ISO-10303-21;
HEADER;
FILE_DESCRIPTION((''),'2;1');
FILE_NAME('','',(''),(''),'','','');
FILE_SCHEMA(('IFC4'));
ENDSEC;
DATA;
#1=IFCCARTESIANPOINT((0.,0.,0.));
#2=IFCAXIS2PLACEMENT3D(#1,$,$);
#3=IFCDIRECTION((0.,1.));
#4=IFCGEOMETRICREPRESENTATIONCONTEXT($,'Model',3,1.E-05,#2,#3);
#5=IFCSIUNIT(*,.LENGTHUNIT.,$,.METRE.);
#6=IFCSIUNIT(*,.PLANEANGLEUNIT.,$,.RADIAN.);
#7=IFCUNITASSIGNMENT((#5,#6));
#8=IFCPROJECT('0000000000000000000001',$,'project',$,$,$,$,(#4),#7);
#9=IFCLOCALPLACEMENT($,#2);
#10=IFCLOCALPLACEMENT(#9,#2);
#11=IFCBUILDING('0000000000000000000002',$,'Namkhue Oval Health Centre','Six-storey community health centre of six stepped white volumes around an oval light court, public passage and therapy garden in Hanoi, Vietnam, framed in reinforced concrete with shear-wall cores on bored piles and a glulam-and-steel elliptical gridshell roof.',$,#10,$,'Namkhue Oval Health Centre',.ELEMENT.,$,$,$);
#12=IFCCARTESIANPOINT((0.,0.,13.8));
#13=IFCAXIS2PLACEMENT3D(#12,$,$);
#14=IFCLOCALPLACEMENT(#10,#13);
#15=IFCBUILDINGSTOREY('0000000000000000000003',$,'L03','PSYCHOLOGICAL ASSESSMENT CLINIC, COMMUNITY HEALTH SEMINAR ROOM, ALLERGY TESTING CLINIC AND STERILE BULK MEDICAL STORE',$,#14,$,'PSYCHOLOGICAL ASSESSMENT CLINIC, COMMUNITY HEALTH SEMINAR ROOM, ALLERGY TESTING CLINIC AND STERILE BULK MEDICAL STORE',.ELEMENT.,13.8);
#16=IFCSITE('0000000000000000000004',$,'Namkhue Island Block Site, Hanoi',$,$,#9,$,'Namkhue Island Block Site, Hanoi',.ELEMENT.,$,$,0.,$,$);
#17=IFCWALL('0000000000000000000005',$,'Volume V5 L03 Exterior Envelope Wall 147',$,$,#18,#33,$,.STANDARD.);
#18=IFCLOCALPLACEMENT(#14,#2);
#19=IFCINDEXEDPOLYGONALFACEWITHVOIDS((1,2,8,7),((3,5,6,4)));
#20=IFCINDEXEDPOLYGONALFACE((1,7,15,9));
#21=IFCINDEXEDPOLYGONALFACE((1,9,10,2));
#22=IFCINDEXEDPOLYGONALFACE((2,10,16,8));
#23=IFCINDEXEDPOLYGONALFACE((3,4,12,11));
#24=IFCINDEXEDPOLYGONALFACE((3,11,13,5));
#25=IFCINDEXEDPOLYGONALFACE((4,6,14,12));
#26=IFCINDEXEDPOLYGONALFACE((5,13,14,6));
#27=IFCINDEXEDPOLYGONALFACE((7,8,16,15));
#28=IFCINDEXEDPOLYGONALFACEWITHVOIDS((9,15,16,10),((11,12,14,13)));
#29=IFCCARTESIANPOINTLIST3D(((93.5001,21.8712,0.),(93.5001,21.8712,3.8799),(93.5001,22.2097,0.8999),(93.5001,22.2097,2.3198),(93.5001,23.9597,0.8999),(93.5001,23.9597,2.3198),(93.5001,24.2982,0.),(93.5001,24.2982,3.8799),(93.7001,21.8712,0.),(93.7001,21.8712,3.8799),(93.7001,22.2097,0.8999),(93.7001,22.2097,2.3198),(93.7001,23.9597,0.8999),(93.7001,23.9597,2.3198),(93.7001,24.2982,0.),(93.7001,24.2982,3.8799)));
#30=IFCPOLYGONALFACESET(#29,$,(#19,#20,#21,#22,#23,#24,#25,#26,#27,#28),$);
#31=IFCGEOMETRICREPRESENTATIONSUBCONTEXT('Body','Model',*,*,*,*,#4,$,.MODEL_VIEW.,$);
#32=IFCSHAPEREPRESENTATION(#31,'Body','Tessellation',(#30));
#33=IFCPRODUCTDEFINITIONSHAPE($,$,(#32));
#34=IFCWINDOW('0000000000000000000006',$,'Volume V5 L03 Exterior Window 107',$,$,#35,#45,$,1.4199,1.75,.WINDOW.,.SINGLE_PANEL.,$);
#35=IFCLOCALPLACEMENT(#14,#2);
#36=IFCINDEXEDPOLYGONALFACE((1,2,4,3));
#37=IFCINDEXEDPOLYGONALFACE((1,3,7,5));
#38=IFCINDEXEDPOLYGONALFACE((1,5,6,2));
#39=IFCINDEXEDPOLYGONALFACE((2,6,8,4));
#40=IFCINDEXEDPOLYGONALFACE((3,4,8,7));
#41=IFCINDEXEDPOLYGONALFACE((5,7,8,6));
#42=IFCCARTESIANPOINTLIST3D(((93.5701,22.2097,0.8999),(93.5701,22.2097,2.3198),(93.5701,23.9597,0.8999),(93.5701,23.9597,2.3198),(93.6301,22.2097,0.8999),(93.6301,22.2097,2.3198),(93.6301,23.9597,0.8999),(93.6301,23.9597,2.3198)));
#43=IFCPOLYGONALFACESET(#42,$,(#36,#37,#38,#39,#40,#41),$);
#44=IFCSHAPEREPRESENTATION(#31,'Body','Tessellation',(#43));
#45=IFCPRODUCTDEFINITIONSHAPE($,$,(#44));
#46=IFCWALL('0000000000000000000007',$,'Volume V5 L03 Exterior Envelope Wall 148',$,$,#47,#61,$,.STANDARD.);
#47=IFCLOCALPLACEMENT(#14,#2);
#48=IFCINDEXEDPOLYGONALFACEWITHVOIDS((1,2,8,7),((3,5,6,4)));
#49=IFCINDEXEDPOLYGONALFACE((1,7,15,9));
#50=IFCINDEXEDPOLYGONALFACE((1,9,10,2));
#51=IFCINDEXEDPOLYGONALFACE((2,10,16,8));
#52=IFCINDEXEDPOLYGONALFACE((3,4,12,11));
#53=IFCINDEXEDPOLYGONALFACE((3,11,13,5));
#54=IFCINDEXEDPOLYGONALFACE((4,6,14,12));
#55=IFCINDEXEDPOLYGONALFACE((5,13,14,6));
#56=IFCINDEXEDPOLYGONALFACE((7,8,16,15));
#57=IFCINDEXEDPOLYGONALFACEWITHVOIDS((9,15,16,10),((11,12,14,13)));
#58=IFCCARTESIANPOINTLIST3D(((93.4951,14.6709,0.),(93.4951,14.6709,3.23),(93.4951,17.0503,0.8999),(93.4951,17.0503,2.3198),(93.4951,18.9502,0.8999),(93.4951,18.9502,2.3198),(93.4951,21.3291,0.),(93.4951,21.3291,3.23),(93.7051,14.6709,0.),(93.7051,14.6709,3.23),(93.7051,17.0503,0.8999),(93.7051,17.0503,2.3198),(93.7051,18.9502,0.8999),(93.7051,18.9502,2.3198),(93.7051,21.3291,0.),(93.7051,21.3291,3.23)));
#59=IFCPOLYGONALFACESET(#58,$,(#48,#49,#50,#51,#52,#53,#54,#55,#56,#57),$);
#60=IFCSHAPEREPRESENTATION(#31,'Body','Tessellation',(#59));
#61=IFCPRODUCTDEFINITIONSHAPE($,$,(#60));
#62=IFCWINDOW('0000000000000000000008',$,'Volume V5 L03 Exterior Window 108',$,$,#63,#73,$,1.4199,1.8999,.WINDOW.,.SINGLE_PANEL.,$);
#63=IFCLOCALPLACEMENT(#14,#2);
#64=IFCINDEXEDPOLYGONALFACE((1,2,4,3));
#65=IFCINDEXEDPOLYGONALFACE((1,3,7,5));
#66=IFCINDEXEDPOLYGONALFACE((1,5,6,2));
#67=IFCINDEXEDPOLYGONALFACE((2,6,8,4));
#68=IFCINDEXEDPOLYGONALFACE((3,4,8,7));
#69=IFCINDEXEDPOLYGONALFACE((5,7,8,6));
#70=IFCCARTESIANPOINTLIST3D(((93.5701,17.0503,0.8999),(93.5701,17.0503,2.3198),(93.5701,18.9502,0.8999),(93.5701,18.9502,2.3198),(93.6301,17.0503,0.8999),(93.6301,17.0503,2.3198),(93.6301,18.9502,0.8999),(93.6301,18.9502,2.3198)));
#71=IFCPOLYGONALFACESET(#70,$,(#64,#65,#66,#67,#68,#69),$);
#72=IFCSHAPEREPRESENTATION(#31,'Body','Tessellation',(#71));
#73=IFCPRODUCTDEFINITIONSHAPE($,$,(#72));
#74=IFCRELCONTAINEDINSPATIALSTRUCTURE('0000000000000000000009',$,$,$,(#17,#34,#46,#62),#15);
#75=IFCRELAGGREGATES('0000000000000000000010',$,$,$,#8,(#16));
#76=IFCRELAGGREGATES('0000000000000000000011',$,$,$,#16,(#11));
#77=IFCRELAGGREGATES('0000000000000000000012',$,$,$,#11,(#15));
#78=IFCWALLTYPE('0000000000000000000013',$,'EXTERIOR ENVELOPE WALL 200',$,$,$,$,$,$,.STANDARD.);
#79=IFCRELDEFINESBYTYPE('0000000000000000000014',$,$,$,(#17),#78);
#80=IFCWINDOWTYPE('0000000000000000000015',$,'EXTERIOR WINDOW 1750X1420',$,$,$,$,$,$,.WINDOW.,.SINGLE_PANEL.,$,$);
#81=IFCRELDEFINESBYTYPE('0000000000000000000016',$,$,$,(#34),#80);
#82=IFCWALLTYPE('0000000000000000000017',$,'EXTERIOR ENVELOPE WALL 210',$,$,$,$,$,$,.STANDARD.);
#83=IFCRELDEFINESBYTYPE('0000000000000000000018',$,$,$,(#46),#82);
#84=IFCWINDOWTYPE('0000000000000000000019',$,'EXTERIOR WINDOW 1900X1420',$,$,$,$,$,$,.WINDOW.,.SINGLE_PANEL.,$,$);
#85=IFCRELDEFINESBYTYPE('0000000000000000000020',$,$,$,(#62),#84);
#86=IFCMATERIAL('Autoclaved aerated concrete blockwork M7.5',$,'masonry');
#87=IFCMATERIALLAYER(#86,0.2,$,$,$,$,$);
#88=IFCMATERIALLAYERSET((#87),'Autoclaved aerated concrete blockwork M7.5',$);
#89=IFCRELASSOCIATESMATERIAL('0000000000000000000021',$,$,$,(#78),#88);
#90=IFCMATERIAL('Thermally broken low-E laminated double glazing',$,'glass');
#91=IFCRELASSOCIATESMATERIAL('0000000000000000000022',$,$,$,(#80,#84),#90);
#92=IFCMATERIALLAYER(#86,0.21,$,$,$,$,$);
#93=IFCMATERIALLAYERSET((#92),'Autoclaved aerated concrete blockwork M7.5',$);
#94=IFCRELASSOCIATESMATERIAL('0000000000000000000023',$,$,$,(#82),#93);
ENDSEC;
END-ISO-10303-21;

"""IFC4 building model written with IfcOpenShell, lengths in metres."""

from ifc_helpers import new_model, si_unit, direction, frame, frame_2d, origin, place, context, subcontext, project, spatial, rectangle, extrude, material, layer, layer_set, type_object, element, fill, save


model = new_model("IFC4")

# Units and contexts
model_context = context("Model", 3, precision=1e-05, world=origin(), true_north=direction((0.0, 1.0)))
body_context = subcontext(model_context, "Body", "Model", "MODEL_VIEW")
ifc_project = project(units=[si_unit("LENGTHUNIT", "METRE"), si_unit("PLANEANGLEUNIT", "RADIAN")], contexts=[model_context])

# Site, building, storey
site_placement = place(None, origin())
site = spatial("IfcSite", under=ifc_project, at=site_placement, Name="Namkhue Island Block Site, Hanoi", LongName="Namkhue Island Block Site, Hanoi", CompositionType="ELEMENT", RefElevation=0.0)
building_placement = place(site_placement, origin())
building = spatial("IfcBuilding", under=site, at=building_placement, Name="Namkhue Oval Health Centre", Description="Six-storey community health centre of six stepped white volumes around an oval light court, public passage and therapy garden in Hanoi, Vietnam, framed in reinforced concrete with shear-wall cores on bored piles and a glulam-and-steel elliptical gridshell roof.", LongName="Namkhue Oval Health Centre", CompositionType="ELEMENT")
storey_placement = place(building_placement, frame((0.0, 0.0, 13.8)))
storey = spatial("IfcBuildingStorey", under=building, at=storey_placement, Name="L03", Description="PSYCHOLOGICAL ASSESSMENT CLINIC, COMMUNITY HEALTH SEMINAR ROOM, ALLERGY TESTING CLINIC AND STERILE BULK MEDICAL STORE", LongName="PSYCHOLOGICAL ASSESSMENT CLINIC, COMMUNITY HEALTH SEMINAR ROOM, ALLERGY TESTING CLINIC AND STERILE BULK MEDICAL STORE", CompositionType="ELEMENT", Elevation=13.8)

# Walls, openings, windows
ifc_material_1 = material(Name="Autoclaved aerated concrete blockwork M7.5", Category="masonry")
ifc_layer_1 = layer(ifc_material_1, 0.2)
ifc_layer_set_1 = layer_set([ifc_layer_1], Name="Autoclaved aerated concrete blockwork M7.5")
wall_type_1 = type_object("IfcWallType", Name="EXTERIOR ENVELOPE WALL 200", PredefinedType="STANDARD", material=ifc_layer_set_1)
wall_1_placement = place(storey_placement, frame((93.6001, 24.2981, 0.0), z_axis=(0.0, 0.0, 1.0), x_axis=(0.0, -1.0, 0.0)))
wall_1 = element("IfcWall", 1, at=wall_1_placement, inside=storey, type_object=wall_type_1, Name="Volume V5 L03 Exterior Envelope Wall 147", PredefinedType="STANDARD", context=body_context, shape_type="SweptSolid", body=[
    extrude(rectangle(XDim=2.427, YDim=0.2, at=frame_2d((1.2134, 0.0))), origin(), (0.0, 0.0, 1.0), 3.8799),
])
opening_1_placement = place(wall_1_placement, frame((0.3384, 0.0, 0.8999)))
opening_1 = element("IfcOpeningElement", 2, at=opening_1_placement, cuts=wall_1, PredefinedType="OPENING", context=body_context, shape_type="SweptSolid", body=[
    extrude(rectangle(XDim=1.75, YDim=1.4199, at=frame_2d((0.875, 0.71))), frame((0.0, 0.1099, 0.0), z_axis=(0.0, -1.0, 0.0), x_axis=(1.0, 0.0, 0.0)), (0.0, 0.0, 1.0), 0.22),
])
ifc_material_2 = material(Name="Thermally broken low-E laminated double glazing", Category="glass")
window_type_1 = type_object("IfcWindowType", Name="EXTERIOR WINDOW 1750X1420", PartitioningType="SINGLE_PANEL", PredefinedType="WINDOW", material=ifc_material_2)
window_1_placement = place(opening_1_placement, origin())
window_1 = element("IfcWindow", 3, at=window_1_placement, inside=storey, type_object=window_type_1, Name="Volume V5 L03 Exterior Window 107", OverallHeight=1.4199, OverallWidth=1.75, PartitioningType="SINGLE_PANEL", PredefinedType="WINDOW", context=body_context, shape_type="SweptSolid", body=[
    extrude(rectangle(XDim=1.75, YDim=1.4199, at=frame_2d((0.875, 0.71))), frame((0.0, 0.03, 0.0), z_axis=(0.0, -1.0, 0.0), x_axis=(1.0, 0.0, 0.0)), (0.0, 0.0, 1.0), 0.0601),
])
fill(opening_1, window_1)
ifc_layer_2 = layer(ifc_material_1, 0.21)
ifc_layer_set_2 = layer_set([ifc_layer_2], Name="Autoclaved aerated concrete blockwork M7.5")
wall_type_2 = type_object("IfcWallType", Name="EXTERIOR ENVELOPE WALL 210", PredefinedType="STANDARD", material=ifc_layer_set_2)
wall_2_placement = place(storey_placement, frame((93.6001, 21.3291, 0.0), z_axis=(0.0, 0.0, 1.0), x_axis=(0.0, -1.0, 0.0)))
wall_2 = element("IfcWall", 4, at=wall_2_placement, inside=storey, type_object=wall_type_2, Name="Volume V5 L03 Exterior Envelope Wall 148", PredefinedType="STANDARD", context=body_context, shape_type="SweptSolid", body=[
    extrude(rectangle(XDim=6.6582, YDim=0.21, at=frame_2d((3.3291, 0.0))), origin(), (0.0, 0.0, 1.0), 3.23),
])
opening_2_placement = place(wall_2_placement, frame((2.3789, 0.0, 0.8999)))
opening_2 = element("IfcOpeningElement", 5, at=opening_2_placement, cuts=wall_2, PredefinedType="OPENING", context=body_context, shape_type="SweptSolid", body=[
    extrude(rectangle(XDim=1.8999, YDim=1.4199, at=frame_2d((0.95, 0.71))), frame((0.0, 0.115, 0.0), z_axis=(0.0, -1.0, 0.0), x_axis=(1.0, 0.0, 0.0)), (0.0, 0.0, 1.0), 0.23),
])
window_type_2 = type_object("IfcWindowType", Name="EXTERIOR WINDOW 1900X1420", PartitioningType="SINGLE_PANEL", PredefinedType="WINDOW", material=ifc_material_2)
window_2_placement = place(opening_2_placement, origin())
window_2 = element("IfcWindow", 6, at=window_2_placement, inside=storey, type_object=window_type_2, Name="Volume V5 L03 Exterior Window 108", OverallHeight=1.4199, OverallWidth=1.8999, PartitioningType="SINGLE_PANEL", PredefinedType="WINDOW", context=body_context, shape_type="SweptSolid", body=[
    extrude(rectangle(XDim=1.8999, YDim=1.4199, at=frame_2d((0.95, 0.71))), frame((0.0, 0.03, 0.0), z_axis=(0.0, -1.0, 0.0), x_axis=(1.0, 0.0, 0.0)), (0.0, 0.0, 1.0), 0.0601),
])
fill(opening_2, window_2)

save(model, "model.ifc")
